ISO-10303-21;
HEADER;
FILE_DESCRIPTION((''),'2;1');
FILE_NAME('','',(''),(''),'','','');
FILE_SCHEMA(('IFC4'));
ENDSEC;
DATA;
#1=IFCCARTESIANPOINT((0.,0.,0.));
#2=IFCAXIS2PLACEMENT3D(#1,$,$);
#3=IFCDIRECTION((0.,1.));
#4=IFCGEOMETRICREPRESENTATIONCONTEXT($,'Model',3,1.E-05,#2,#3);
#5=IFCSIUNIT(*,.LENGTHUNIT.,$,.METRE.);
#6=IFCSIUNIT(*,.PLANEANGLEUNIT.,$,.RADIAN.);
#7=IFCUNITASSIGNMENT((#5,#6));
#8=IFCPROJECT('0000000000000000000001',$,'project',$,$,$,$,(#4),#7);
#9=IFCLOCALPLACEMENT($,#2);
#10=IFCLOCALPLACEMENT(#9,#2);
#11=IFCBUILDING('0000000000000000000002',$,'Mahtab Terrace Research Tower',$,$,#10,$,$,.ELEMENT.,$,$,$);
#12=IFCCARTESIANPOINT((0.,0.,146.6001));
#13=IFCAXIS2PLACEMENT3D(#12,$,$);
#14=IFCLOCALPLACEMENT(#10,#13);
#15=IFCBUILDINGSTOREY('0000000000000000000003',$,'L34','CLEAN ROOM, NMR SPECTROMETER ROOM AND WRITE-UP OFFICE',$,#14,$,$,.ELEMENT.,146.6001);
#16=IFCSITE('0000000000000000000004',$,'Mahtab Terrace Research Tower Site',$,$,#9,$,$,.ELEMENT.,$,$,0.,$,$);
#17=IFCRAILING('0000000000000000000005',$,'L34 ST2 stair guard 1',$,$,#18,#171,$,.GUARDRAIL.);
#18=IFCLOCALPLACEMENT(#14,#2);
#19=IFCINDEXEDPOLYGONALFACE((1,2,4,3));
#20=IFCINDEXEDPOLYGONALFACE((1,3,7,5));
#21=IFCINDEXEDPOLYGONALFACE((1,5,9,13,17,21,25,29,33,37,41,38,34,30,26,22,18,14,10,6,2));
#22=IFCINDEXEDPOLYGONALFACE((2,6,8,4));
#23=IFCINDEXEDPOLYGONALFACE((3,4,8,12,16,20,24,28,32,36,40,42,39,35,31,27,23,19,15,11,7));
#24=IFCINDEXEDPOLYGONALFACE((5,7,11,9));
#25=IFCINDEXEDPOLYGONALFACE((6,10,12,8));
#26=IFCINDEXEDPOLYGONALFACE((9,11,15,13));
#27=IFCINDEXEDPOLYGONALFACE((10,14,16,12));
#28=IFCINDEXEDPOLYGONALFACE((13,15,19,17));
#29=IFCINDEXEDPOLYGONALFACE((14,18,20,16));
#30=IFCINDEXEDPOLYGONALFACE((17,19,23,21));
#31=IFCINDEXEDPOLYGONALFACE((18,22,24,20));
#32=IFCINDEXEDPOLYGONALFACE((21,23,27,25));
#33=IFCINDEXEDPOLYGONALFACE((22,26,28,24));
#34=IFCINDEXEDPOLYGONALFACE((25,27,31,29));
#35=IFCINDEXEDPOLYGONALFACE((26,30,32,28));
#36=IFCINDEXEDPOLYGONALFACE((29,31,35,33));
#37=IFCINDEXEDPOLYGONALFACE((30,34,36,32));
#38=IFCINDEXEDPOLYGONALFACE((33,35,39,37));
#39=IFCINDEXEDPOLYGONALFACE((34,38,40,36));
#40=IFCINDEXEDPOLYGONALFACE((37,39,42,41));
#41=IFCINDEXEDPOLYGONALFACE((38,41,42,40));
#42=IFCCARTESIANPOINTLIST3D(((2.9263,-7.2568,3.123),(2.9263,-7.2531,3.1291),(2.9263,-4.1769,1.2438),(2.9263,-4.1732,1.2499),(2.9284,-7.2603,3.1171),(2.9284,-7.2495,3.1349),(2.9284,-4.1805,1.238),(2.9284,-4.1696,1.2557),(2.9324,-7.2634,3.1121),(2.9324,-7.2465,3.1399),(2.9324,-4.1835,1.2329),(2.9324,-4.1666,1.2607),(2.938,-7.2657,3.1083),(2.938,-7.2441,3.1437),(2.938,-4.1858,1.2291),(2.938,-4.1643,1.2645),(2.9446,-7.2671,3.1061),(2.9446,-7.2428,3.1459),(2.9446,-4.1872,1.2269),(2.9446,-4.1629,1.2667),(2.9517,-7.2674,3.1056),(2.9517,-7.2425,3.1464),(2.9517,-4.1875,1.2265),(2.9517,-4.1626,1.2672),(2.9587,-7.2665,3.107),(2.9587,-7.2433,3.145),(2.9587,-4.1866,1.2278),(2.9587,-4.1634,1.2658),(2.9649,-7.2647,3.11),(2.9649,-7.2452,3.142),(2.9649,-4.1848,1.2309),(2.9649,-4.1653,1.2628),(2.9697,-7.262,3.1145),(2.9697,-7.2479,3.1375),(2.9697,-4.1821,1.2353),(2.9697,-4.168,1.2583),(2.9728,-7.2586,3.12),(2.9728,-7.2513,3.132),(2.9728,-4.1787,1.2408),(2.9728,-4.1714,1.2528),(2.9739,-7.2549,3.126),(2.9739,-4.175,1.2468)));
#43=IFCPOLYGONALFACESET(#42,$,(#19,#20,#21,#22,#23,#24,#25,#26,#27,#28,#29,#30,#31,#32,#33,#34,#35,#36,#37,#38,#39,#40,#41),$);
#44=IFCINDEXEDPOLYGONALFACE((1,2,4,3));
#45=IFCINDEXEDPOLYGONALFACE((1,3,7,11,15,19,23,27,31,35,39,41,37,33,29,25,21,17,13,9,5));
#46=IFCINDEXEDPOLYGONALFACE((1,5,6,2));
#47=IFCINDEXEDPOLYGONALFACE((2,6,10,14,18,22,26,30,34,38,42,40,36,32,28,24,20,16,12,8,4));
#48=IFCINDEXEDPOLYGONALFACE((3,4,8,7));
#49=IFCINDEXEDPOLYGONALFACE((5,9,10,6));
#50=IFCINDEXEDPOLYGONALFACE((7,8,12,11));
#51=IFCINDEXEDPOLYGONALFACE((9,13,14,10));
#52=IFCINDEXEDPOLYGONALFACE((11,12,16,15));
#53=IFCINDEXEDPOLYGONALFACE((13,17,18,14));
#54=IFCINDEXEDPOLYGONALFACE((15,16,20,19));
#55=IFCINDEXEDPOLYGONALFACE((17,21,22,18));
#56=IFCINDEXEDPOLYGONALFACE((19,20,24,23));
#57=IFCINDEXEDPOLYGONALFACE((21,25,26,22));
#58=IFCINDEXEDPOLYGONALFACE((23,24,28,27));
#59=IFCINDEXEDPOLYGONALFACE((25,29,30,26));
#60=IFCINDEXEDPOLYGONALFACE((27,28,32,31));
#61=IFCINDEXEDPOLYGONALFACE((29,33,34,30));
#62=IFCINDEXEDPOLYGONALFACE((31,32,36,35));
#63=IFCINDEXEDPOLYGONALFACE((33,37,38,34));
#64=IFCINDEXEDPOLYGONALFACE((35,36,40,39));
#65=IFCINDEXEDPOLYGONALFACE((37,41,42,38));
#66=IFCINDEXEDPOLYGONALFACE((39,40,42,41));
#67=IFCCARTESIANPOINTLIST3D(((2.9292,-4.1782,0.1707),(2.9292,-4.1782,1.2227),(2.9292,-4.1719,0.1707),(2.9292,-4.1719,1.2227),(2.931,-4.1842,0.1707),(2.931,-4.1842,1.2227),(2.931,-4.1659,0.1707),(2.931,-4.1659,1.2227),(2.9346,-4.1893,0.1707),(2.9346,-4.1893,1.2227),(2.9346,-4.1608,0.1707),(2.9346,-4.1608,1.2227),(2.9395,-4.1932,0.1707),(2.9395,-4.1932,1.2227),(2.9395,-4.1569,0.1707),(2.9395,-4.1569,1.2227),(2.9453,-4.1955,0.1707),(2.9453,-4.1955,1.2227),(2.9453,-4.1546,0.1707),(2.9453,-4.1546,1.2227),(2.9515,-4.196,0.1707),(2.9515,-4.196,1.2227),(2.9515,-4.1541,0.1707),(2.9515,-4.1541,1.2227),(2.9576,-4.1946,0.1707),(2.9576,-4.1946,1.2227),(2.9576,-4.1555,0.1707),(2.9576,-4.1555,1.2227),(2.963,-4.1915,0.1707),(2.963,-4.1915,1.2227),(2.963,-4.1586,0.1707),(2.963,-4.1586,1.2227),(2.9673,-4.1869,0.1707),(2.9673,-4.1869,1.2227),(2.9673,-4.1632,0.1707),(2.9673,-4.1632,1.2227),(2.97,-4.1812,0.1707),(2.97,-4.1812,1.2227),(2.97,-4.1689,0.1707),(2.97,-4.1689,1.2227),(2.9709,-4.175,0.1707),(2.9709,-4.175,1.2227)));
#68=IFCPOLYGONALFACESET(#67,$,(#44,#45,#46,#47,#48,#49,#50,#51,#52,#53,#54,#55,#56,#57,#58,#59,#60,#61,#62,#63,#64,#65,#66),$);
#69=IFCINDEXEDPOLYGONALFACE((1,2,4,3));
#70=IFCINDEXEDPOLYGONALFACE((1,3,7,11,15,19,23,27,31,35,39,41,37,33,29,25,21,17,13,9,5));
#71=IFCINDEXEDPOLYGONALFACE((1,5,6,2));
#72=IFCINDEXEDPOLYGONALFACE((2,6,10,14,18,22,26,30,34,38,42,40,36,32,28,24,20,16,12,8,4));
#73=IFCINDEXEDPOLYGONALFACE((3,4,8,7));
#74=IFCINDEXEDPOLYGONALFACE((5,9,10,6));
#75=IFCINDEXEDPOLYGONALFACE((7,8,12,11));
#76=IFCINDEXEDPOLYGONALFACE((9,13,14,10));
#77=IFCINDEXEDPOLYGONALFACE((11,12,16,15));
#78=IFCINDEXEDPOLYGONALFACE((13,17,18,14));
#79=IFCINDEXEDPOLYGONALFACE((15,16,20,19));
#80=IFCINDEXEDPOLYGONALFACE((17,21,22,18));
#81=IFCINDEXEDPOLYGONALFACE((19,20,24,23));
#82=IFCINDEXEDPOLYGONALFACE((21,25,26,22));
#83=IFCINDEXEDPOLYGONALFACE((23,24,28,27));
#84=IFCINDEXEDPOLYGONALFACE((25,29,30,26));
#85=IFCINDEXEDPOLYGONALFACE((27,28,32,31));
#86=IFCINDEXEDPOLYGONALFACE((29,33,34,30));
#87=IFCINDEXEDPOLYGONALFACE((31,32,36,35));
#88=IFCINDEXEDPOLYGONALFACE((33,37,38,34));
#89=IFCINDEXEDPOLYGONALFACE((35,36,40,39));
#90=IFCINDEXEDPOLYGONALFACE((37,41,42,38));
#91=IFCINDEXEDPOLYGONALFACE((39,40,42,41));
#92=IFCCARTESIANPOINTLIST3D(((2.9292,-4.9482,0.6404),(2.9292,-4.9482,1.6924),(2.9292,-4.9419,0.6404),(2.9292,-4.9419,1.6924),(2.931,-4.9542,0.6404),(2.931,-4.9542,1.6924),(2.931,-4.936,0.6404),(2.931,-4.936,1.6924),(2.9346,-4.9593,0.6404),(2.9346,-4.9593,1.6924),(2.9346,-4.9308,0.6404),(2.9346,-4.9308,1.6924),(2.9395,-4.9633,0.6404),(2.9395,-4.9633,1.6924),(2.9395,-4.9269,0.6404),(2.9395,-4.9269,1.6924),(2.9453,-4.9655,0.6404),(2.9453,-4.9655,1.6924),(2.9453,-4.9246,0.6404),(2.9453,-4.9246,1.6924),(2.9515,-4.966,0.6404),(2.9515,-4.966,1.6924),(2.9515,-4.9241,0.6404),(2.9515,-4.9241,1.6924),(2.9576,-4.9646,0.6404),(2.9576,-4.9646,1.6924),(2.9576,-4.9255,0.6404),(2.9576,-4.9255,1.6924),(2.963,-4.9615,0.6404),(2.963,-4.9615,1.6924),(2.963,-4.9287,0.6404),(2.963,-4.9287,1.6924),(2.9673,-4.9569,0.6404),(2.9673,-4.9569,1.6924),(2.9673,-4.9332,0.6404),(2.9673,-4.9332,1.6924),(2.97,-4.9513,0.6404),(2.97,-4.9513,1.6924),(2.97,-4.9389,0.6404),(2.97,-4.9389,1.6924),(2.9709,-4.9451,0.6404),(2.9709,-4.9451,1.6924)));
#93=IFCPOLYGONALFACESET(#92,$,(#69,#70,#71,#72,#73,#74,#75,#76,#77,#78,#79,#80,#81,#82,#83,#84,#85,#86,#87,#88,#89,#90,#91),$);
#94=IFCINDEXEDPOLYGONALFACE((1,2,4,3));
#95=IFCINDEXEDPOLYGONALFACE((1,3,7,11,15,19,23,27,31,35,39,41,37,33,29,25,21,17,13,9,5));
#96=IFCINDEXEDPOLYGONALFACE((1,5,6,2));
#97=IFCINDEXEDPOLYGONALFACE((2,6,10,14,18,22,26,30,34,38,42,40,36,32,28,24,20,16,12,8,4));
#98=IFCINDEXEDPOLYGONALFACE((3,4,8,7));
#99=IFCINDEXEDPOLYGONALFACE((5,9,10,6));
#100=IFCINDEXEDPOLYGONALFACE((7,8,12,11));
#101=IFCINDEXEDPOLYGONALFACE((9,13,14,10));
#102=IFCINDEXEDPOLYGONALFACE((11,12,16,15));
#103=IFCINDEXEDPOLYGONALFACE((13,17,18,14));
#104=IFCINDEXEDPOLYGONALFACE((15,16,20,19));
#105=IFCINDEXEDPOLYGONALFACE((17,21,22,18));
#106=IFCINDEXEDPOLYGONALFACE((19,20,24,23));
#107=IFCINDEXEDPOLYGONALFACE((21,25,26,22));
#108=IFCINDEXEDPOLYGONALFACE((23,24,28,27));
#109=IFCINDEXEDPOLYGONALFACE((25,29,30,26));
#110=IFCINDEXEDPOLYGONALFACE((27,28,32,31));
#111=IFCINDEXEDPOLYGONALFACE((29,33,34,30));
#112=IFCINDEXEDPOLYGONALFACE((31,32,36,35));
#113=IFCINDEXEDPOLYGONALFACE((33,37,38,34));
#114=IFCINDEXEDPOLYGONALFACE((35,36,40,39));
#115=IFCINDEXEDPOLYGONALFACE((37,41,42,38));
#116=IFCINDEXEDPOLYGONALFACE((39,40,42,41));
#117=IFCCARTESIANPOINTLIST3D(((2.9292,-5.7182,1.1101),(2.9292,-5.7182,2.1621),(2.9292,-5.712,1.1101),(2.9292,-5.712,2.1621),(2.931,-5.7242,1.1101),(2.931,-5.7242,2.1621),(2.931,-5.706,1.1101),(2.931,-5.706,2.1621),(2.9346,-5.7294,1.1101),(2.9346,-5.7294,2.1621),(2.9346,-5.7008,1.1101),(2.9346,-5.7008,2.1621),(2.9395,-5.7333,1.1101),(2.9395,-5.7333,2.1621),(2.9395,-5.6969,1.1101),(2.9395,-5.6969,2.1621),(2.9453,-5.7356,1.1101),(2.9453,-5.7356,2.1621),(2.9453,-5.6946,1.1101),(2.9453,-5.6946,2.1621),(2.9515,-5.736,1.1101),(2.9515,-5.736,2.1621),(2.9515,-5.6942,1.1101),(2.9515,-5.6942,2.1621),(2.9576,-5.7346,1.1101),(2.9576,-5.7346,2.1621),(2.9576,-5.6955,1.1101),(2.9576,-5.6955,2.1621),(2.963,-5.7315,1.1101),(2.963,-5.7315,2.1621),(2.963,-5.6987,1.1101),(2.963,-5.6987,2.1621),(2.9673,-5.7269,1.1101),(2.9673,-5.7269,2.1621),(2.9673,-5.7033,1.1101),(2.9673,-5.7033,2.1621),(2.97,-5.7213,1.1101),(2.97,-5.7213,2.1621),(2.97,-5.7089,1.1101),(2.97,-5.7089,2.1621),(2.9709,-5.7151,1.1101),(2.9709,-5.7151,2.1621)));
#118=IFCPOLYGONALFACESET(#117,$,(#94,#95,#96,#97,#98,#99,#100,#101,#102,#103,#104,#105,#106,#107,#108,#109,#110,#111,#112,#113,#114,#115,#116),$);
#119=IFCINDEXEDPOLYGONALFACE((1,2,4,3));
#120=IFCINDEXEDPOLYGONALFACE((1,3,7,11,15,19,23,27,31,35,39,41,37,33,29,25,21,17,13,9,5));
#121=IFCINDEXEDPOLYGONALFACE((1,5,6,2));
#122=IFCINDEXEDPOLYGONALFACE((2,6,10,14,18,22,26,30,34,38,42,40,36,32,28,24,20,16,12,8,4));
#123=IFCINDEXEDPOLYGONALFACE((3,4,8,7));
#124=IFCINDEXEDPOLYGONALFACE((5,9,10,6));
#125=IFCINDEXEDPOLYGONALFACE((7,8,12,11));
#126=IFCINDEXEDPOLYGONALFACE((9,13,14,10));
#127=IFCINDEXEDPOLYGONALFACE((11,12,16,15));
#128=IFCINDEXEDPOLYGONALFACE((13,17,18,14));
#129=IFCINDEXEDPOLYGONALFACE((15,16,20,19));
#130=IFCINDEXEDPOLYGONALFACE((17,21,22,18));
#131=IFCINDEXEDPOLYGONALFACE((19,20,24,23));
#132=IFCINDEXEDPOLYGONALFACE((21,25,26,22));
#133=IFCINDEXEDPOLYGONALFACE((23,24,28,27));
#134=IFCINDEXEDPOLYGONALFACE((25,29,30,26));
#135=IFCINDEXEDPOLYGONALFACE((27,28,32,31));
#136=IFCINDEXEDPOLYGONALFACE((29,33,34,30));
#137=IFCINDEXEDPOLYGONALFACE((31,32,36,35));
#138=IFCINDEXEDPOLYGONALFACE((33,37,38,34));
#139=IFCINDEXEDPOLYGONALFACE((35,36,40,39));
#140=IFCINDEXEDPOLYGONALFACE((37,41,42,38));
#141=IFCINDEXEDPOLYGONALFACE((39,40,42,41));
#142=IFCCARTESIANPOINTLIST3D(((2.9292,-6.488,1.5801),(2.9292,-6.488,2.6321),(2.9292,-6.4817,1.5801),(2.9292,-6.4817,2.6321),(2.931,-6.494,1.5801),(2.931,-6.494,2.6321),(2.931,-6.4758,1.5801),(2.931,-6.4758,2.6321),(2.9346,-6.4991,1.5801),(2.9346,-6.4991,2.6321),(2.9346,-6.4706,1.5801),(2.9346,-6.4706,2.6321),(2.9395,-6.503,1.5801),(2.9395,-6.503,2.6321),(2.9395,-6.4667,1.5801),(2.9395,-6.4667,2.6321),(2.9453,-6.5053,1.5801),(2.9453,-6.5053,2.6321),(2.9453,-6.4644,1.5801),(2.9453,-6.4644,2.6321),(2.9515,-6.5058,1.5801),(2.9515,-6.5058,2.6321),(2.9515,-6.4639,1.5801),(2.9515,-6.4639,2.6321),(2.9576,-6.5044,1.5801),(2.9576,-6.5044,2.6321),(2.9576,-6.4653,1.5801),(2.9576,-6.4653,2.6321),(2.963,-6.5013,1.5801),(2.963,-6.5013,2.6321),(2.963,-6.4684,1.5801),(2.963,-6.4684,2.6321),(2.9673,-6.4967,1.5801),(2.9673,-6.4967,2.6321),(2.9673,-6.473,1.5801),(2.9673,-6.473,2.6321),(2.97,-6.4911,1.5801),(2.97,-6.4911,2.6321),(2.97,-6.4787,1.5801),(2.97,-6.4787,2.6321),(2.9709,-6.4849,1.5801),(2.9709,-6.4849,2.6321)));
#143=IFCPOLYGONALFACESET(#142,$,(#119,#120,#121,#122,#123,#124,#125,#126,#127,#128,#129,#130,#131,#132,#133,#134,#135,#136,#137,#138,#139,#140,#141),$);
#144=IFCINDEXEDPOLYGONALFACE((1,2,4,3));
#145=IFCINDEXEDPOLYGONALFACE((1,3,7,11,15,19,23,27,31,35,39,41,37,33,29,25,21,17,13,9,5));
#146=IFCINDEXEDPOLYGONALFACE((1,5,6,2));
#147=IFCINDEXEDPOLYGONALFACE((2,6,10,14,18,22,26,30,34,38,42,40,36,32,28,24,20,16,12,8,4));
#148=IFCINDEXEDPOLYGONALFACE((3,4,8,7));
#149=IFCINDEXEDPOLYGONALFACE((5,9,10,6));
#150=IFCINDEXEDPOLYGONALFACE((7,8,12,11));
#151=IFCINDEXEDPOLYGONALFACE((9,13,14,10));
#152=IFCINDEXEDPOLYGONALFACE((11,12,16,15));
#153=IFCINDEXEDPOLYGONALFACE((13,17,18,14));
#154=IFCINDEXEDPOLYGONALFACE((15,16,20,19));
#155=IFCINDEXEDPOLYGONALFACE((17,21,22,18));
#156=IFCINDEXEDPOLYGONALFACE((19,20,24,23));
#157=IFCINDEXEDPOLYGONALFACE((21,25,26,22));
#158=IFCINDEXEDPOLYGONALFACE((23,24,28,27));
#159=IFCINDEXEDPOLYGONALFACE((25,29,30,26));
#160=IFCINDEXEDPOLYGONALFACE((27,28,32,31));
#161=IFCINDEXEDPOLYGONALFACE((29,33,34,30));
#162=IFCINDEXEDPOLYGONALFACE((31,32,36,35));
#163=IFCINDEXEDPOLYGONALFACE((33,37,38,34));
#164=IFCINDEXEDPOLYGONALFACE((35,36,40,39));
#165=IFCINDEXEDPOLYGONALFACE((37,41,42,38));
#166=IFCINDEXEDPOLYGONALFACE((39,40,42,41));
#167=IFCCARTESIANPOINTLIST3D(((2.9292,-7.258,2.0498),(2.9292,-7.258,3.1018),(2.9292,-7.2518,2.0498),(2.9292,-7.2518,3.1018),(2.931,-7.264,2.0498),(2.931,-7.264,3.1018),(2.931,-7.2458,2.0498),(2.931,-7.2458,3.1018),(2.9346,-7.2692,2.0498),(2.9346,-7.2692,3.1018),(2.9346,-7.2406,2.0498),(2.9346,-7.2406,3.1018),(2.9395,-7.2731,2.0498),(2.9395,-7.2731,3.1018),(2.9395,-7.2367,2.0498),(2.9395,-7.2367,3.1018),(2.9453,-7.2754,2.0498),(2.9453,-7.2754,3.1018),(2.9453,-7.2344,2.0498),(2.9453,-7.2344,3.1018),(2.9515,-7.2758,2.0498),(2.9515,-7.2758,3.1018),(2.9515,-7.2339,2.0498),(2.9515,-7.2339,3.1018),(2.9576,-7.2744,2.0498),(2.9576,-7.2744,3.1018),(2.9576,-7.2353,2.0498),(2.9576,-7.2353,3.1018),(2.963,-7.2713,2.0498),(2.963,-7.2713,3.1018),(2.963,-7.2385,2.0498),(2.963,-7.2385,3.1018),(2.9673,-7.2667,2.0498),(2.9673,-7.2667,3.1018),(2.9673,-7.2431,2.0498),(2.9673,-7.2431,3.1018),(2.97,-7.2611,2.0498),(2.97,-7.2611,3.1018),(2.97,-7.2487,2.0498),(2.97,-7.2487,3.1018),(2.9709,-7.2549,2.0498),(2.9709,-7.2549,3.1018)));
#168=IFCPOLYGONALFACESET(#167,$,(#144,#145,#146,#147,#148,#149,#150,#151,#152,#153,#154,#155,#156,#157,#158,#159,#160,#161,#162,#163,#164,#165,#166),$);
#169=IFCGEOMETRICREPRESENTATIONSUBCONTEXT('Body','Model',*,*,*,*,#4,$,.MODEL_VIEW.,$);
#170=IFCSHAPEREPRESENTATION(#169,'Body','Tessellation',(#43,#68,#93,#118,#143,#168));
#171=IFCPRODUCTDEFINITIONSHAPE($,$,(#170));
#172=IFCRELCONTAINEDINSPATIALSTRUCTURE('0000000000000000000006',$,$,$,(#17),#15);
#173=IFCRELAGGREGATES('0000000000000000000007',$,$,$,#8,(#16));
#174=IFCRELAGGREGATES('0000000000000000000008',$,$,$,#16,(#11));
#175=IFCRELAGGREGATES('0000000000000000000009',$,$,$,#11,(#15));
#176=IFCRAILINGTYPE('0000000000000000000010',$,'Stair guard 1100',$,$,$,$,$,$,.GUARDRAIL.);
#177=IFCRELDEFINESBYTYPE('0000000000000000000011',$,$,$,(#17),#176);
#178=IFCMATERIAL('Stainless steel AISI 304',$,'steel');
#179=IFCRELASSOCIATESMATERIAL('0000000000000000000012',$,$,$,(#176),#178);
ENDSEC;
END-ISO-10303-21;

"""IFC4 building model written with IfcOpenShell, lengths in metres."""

from ifc_helpers import new_model, si_unit, direction, frame, origin, origin_2d, place, context, subcontext, project, spatial, circle, extrude, material, type_object, element, save


model = new_model("IFC4")

# Units and contexts
model_context = context("Model", 3, precision=1e-05, world=origin(), true_north=direction((0.0, 1.0)))
body_context = subcontext(model_context, "Body", "Model", "MODEL_VIEW")
ifc_project = project(units=[si_unit("LENGTHUNIT", "METRE"), si_unit("PLANEANGLEUNIT", "RADIAN")], contexts=[model_context])

# Site, building, storey
site_placement = place(None, origin())
site = spatial("IfcSite", under=ifc_project, at=site_placement, Name="Mahtab Terrace Research Tower Site", CompositionType="ELEMENT", RefElevation=0.0)
building_placement = place(site_placement, origin())
building = spatial("IfcBuilding", under=site, at=building_placement, Name="Mahtab Terrace Research Tower", CompositionType="ELEMENT")
storey_placement = place(building_placement, frame((0.0, 0.0, 146.6001)))
storey = spatial("IfcBuildingStorey", under=building, at=storey_placement, Name="L34", Description="CLEAN ROOM, NMR SPECTROMETER ROOM AND WRITE-UP OFFICE", CompositionType="ELEMENT", Elevation=146.6001)

# Railing
ifc_material_1 = material(Name="Stainless steel AISI 304", Category="steel")
railing_type_1 = type_object("IfcRailingType", Name="Stair guard 1100", PredefinedType="GUARDRAIL", material=ifc_material_1)
railing_1_placement = place(storey_placement, frame((2.95, -4.175, 0.1707)))
element("IfcRailing", 1, at=railing_1_placement, inside=storey, type_object=railing_type_1, Name="L34 ST2 stair guard 1", PredefinedType="GUARDRAIL", context=body_context, shape_type="SweptSolid", body=[
    extrude(circle(Radius=0.0239, at=origin_2d()), frame((0.0, 0.0, 1.0762), z_axis=(0.0, -0.853648, 0.52085), x_axis=(1.0, 0.0, 0.0)), (0.0, 0.0, 1.0), 3.6079),
    extrude(circle(Radius=0.021, at=origin_2d()), origin(), (0.0, 0.0, 1.0), 1.052),
    extrude(circle(Radius=0.021, at=origin_2d()), frame((0.0, -0.77, 0.4697)), (0.0, 0.0, 1.0), 1.052),
    extrude(circle(Radius=0.021, at=origin_2d()), frame((0.0, -1.54, 0.9395)), (0.0, 0.0, 1.0), 1.052),
    extrude(circle(Radius=0.021, at=origin_2d()), frame((0.0, -2.3098, 1.4094)), (0.0, 0.0, 1.0), 1.052),
    extrude(circle(Radius=0.021, at=origin_2d()), frame((0.0, -3.0798, 1.8792)), (0.0, 0.0, 1.0), 1.052),
])

save(model, "model.ifc")
